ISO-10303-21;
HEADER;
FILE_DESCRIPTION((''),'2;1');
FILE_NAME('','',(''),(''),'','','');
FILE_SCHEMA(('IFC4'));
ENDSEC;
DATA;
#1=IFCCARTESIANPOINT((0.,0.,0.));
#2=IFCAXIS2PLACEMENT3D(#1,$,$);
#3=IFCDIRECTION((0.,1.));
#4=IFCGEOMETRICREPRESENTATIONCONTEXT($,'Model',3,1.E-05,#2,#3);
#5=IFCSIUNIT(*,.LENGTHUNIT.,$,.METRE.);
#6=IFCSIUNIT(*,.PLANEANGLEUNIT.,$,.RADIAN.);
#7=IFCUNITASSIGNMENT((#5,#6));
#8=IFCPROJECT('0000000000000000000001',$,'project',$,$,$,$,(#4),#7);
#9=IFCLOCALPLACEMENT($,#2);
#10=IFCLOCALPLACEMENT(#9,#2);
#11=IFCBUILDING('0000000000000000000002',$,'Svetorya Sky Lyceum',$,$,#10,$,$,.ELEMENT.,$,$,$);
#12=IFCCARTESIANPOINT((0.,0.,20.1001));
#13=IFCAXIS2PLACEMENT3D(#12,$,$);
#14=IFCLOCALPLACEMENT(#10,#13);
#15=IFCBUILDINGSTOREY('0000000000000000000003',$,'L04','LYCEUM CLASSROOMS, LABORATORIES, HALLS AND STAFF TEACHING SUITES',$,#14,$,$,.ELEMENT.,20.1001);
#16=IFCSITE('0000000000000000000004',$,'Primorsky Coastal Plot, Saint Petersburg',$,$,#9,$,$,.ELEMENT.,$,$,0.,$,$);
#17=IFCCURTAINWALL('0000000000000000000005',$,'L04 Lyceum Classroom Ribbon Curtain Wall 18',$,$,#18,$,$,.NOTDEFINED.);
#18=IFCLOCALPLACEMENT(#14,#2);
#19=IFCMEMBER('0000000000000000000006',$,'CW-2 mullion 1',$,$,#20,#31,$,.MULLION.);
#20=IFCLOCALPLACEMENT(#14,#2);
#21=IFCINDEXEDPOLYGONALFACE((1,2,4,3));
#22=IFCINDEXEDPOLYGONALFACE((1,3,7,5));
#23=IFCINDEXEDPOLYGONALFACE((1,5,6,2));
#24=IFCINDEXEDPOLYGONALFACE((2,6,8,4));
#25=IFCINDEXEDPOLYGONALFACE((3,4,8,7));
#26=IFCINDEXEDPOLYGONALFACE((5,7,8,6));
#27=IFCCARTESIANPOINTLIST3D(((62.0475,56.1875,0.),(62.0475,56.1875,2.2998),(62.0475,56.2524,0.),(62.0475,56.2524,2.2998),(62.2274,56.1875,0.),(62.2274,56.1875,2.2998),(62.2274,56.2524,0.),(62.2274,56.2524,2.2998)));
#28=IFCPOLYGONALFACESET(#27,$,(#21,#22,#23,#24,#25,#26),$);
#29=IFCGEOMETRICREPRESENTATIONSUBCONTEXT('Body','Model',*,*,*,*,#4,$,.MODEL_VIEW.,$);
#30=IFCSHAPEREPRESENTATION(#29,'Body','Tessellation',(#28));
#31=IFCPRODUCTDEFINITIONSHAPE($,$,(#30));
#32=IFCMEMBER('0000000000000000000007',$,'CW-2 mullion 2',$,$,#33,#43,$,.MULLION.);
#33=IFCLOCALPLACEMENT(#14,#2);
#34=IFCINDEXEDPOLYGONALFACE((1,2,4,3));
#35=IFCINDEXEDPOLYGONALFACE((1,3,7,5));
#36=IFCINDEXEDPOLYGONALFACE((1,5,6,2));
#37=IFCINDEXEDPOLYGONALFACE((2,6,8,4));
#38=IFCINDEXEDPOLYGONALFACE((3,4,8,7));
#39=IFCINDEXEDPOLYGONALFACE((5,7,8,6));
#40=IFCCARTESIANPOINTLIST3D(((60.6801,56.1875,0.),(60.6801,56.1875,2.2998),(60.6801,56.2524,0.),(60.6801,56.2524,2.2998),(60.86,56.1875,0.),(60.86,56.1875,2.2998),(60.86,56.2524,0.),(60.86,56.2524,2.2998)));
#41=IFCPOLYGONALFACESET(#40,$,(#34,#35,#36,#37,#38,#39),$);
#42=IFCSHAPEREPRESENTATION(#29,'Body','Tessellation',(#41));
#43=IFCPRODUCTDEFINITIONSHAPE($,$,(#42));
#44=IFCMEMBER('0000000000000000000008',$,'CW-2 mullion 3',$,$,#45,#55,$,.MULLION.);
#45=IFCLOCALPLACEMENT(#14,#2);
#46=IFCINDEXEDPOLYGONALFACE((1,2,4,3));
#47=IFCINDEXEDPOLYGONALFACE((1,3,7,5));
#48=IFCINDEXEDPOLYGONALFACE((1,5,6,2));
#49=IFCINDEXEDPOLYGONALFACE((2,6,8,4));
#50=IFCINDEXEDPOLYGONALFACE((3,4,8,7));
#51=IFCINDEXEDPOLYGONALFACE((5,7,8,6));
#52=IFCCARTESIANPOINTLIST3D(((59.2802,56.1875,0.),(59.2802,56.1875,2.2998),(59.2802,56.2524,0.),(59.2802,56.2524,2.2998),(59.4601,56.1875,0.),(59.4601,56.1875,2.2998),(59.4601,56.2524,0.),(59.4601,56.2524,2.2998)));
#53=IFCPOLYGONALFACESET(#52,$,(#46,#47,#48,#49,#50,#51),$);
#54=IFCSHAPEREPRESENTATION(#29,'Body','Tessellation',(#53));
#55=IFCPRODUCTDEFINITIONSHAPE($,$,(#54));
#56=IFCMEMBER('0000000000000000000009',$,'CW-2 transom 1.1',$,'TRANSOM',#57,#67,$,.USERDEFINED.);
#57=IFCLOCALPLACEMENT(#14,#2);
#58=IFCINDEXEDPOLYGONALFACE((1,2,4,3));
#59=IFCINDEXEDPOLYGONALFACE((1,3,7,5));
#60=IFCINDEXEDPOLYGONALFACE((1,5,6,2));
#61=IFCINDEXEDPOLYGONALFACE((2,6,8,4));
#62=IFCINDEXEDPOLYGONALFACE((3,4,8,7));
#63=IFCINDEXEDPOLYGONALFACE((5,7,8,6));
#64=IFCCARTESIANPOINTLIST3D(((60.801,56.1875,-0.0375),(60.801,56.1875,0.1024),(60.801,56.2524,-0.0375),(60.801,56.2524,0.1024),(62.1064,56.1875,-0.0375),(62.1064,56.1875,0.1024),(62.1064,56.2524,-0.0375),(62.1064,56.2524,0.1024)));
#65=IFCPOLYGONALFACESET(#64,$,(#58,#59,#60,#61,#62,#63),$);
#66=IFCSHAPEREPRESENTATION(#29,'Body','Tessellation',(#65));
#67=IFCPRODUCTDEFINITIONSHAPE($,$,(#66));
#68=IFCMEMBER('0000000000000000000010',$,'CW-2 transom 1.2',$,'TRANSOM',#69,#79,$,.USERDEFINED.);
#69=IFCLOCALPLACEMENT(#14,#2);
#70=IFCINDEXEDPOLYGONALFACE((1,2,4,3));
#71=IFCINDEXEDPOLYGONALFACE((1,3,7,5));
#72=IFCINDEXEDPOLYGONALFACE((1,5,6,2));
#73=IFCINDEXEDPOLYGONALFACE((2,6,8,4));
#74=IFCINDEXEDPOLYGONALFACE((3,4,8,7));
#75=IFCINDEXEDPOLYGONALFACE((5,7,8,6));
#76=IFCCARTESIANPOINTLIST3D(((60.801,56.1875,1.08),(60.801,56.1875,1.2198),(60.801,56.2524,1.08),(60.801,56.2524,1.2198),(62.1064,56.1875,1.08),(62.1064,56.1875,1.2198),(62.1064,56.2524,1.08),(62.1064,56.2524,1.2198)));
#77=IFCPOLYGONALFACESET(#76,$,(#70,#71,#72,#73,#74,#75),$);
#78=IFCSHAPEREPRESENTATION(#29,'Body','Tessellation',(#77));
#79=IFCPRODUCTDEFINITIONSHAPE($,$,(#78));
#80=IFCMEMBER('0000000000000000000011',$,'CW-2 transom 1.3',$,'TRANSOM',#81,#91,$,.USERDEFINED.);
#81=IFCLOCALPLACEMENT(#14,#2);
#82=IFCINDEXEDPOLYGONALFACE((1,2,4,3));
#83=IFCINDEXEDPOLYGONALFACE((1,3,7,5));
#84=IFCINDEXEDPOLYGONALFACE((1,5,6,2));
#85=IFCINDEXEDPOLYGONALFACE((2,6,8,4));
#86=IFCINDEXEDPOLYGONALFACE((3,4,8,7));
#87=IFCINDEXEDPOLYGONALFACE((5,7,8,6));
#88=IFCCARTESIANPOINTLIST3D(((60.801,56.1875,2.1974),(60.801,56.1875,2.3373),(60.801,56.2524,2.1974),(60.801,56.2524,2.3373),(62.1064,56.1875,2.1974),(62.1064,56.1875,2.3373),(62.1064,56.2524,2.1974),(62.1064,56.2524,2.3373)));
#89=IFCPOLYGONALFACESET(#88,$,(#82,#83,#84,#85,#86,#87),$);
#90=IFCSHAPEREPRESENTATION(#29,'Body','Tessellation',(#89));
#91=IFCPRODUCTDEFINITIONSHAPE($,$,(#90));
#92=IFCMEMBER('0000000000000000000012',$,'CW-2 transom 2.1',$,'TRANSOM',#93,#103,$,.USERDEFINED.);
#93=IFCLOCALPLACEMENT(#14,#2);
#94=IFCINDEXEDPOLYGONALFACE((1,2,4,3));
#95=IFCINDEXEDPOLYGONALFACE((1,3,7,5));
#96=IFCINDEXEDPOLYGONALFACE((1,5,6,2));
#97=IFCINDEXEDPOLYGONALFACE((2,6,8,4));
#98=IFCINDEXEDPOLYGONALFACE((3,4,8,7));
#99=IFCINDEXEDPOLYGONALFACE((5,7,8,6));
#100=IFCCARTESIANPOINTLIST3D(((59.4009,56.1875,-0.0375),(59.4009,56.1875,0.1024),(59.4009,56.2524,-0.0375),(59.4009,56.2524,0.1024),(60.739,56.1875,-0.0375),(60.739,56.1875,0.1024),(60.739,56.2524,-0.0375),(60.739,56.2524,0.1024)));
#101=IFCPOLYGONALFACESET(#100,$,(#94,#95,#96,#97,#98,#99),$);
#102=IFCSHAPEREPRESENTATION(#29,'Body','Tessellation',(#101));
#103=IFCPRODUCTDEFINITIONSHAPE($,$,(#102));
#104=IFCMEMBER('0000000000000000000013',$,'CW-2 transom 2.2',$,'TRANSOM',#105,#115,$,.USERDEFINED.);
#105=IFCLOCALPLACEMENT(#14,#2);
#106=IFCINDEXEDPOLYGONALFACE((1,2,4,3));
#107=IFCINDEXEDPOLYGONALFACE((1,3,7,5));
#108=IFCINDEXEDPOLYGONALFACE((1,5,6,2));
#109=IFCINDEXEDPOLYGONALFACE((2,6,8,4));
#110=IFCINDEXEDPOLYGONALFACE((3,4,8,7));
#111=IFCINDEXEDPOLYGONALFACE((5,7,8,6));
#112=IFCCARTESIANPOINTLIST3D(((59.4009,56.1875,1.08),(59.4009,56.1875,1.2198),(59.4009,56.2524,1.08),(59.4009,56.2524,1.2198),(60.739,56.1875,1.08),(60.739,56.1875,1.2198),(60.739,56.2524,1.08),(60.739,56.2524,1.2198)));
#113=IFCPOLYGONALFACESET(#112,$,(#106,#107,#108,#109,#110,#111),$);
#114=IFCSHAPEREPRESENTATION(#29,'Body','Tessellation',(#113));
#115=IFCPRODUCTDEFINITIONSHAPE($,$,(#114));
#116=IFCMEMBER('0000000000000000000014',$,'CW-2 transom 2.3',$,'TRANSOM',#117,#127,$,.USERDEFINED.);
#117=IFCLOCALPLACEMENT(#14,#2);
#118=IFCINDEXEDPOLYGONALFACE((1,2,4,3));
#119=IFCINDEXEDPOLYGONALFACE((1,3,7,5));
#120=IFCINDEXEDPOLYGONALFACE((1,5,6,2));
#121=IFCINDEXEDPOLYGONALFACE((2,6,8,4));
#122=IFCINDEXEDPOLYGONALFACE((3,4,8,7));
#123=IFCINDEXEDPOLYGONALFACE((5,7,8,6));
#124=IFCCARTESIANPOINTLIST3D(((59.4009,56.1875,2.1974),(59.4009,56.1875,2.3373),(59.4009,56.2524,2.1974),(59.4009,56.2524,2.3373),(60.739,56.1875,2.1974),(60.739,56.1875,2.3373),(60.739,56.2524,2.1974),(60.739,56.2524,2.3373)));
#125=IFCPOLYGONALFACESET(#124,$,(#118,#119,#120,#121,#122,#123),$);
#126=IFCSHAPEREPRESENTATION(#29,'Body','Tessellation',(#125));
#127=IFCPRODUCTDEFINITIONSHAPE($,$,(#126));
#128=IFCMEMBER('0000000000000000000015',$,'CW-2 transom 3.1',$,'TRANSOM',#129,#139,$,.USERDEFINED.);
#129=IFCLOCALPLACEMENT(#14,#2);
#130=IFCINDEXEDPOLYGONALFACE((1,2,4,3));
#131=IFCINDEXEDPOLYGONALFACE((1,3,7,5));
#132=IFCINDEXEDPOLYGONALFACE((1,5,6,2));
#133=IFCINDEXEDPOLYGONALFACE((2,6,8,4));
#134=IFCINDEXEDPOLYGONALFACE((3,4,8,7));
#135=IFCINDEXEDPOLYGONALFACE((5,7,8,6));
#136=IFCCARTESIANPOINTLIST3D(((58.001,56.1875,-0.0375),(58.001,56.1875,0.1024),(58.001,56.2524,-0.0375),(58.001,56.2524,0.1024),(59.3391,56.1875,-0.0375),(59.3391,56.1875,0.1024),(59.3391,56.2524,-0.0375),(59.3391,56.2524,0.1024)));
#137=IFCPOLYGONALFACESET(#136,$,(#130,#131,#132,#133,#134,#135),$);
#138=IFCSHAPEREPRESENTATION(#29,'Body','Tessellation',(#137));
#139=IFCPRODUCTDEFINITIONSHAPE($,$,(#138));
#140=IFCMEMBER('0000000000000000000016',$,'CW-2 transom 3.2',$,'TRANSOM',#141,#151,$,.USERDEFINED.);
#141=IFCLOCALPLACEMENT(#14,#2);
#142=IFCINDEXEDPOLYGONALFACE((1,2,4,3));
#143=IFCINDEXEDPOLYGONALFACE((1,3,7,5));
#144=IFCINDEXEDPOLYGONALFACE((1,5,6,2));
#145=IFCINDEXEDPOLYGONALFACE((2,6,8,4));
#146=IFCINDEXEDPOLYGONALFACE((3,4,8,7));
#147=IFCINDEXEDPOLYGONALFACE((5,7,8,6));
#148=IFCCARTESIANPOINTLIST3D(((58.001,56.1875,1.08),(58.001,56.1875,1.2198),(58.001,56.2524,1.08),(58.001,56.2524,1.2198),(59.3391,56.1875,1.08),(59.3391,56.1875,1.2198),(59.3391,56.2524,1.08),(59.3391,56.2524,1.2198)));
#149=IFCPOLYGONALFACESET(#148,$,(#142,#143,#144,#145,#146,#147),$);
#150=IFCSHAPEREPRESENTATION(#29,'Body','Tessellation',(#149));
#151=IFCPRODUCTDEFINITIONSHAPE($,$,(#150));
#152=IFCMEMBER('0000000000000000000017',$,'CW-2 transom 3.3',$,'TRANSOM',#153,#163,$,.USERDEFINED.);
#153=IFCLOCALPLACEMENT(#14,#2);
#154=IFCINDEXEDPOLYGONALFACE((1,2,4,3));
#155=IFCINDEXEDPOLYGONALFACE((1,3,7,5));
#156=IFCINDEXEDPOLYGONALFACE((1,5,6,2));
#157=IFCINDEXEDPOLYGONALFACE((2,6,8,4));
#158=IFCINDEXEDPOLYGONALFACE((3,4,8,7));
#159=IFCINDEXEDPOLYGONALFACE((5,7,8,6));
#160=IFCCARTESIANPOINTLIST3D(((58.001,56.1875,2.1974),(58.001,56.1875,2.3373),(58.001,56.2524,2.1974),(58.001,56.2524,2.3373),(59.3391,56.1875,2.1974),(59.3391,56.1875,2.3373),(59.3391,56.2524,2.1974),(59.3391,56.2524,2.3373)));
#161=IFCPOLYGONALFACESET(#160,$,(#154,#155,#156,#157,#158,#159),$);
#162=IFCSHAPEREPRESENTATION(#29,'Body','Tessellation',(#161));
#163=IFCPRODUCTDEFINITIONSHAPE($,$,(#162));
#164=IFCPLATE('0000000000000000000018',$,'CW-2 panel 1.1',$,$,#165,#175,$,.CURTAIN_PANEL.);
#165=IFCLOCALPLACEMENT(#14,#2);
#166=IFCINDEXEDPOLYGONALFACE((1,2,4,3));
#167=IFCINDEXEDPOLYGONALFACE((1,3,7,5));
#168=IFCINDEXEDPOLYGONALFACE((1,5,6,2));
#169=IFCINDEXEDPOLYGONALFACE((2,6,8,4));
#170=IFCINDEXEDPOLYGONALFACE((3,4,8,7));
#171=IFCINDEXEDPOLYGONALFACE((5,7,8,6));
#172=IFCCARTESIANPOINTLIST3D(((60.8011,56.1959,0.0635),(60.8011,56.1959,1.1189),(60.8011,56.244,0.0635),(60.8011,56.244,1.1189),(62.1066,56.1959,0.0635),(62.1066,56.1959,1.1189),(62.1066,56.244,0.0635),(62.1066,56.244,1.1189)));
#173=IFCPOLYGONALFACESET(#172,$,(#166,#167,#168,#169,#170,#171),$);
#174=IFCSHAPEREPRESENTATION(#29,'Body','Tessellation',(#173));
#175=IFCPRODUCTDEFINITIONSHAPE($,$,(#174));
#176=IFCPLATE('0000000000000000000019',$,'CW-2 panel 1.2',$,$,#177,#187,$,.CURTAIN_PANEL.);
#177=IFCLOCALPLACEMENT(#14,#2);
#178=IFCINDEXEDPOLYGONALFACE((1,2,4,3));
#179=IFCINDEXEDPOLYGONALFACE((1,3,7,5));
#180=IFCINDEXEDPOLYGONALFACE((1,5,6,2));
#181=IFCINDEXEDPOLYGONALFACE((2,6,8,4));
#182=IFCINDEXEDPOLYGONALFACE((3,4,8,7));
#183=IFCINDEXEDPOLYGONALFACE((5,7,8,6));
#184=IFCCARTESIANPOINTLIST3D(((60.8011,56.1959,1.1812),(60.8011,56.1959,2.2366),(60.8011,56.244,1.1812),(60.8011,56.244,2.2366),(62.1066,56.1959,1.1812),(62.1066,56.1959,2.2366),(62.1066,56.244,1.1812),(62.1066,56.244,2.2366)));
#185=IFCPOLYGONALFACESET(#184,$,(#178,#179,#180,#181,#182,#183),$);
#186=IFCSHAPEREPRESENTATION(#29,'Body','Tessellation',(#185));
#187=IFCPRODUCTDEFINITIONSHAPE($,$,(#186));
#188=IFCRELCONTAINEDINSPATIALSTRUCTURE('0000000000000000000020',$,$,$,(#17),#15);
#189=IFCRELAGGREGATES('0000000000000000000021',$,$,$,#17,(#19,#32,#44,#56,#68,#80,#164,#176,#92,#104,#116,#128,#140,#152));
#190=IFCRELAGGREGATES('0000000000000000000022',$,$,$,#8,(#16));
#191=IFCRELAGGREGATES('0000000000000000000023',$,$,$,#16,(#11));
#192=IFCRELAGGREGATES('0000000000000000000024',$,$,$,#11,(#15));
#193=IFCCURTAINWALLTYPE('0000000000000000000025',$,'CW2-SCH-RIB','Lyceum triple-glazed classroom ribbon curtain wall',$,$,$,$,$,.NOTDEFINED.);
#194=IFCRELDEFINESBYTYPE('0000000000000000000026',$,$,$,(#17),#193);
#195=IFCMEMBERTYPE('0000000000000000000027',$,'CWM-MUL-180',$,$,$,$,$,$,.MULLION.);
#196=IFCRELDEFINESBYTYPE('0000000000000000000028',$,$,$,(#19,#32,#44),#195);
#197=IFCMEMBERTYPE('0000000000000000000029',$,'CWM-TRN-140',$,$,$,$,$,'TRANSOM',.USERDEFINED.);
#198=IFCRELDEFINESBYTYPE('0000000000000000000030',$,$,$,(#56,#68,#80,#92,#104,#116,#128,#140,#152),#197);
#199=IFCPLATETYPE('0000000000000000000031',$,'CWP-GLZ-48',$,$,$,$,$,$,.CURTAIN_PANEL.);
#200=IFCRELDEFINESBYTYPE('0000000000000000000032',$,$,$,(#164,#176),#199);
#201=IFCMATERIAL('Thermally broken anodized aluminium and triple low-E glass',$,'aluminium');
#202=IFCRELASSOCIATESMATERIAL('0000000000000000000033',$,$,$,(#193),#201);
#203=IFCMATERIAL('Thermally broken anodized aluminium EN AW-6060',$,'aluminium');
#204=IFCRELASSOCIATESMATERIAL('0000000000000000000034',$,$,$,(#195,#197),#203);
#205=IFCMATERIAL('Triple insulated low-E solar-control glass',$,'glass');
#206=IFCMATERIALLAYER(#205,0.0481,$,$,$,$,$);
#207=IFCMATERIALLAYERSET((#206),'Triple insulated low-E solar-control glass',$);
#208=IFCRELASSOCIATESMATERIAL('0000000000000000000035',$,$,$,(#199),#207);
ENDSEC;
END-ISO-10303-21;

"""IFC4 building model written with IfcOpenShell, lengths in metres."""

from ifc_helpers import new_model, si_unit, direction, frame, origin, origin_2d, place, context, subcontext, project, spatial, rectangle, extrude, material, layer, layer_set, material_profile, profile_set, type_object, element, aggregate, save


model = new_model("IFC4")

# Units and contexts
model_context = context("Model", 3, precision=1e-05, world=origin(), true_north=direction((0.0, 1.0)))
body_context = subcontext(model_context, "Body", "Model", "MODEL_VIEW")
ifc_project = project(units=[si_unit("LENGTHUNIT", "METRE"), si_unit("PLANEANGLEUNIT", "RADIAN")], contexts=[model_context])

# Site, building, storey
site_placement = place(None, origin())
site = spatial("IfcSite", under=ifc_project, at=site_placement, Name="Primorsky Coastal Plot, Saint Petersburg", CompositionType="ELEMENT", RefElevation=0.0)
building_placement = place(site_placement, origin())
building = spatial("IfcBuilding", under=site, at=building_placement, Name="Svetorya Sky Lyceum", CompositionType="ELEMENT")
storey_placement = place(building_placement, frame((0.0, 0.0, 20.1001)))
storey = spatial("IfcBuildingStorey", under=building, at=storey_placement, Name="L04", Description="LYCEUM CLASSROOMS, LABORATORIES, HALLS AND STAFF TEACHING SUITES", CompositionType="ELEMENT", Elevation=20.1001)

# Curtain wall, members, plates
ifc_material_1 = material(Name="Thermally broken anodized aluminium and triple low-E glass", Category="aluminium")
curtain_wall_type = type_object("IfcCurtainWallType", Name="CW2-SCH-RIB", Description="Lyceum triple-glazed classroom ribbon curtain wall", PredefinedType="NOTDEFINED", material=ifc_material_1)
curtain_wall_placement = place(storey_placement, origin())
curtain_wall = element("IfcCurtainWall", 1, at=curtain_wall_placement, inside=storey, type_object=curtain_wall_type, Name="L04 Lyceum Classroom Ribbon Curtain Wall 18", PredefinedType="NOTDEFINED")
ifc_material_2 = material(Name="Thermally broken anodized aluminium EN AW-6060", Category="aluminium")
ifc_material_profile_1 = material_profile(ifc_material_2, rectangle(XDim=0.0649, YDim=0.1799, at=origin_2d()), Name="ALU MULLION 65x180")
ifc_profile_set_1 = profile_set([ifc_material_profile_1], Name="Thermally broken anodized aluminium EN AW-6060")
member_type_1 = type_object("IfcMemberType", Name="CWM-MUL-180", PredefinedType="MULLION", material=ifc_profile_set_1)
member_1_placement = place(storey_placement, frame((62.1375, 56.22, 0.0), z_axis=(0.0, 0.0, 1.0), x_axis=(0.0, -1.0, 0.0)))
member_1 = element("IfcMember", 2, at=member_1_placement, type_object=member_type_1, Name="CW-2 mullion 1", PredefinedType="MULLION", context=body_context, shape_type="SweptSolid", body=[
    extrude(rectangle(XDim=0.0649, YDim=0.1799, at=origin_2d()), origin(), (0.0, 0.0, 1.0), 2.2998),
])
member_2_placement = place(storey_placement, frame((60.77, 56.22, 0.0), z_axis=(0.0, 0.0, 1.0), x_axis=(0.0, -1.0, 0.0)))
member_2 = element("IfcMember", 3, at=member_2_placement, type_object=member_type_1, Name="CW-2 mullion 2", PredefinedType="MULLION", context=body_context, shape_type="SweptSolid", body=[
    extrude(rectangle(XDim=0.0649, YDim=0.1799, at=origin_2d()), origin(), (0.0, 0.0, 1.0), 2.2998),
])
member_3_placement = place(storey_placement, frame((59.3701, 56.22, 0.0), z_axis=(0.0, 0.0, 1.0), x_axis=(0.0, -1.0, 0.0)))
member_3 = element("IfcMember", 4, at=member_3_placement, type_object=member_type_1, Name="CW-2 mullion 3", PredefinedType="MULLION", context=body_context, shape_type="SweptSolid", body=[
    extrude(rectangle(XDim=0.0649, YDim=0.1799, at=origin_2d()), origin(), (0.0, 0.0, 1.0), 2.2998),
])
ifc_material_profile_2 = material_profile(ifc_material_2, rectangle(XDim=0.0649, YDim=0.1399, at=origin_2d()), Name="ALU TRANSOM 65x140")
ifc_profile_set_2 = profile_set([ifc_material_profile_2], Name="Thermally broken anodized aluminium EN AW-6060")
member_type_2 = type_object("IfcMemberType", Name="CWM-TRN-140", ElementType="TRANSOM", PredefinedType="USERDEFINED", material=ifc_profile_set_2)
member_4_placement = place(storey_placement, frame((62.1064, 56.22, 0.0325), z_axis=(-1.0, 0.0, 0.0), x_axis=(0.0, -1.0, 0.0)))
member_4 = element("IfcMember", 5, at=member_4_placement, type_object=member_type_2, Name="CW-2 transom 1.1", ObjectType="TRANSOM", PredefinedType="USERDEFINED", context=body_context, shape_type="SweptSolid", body=[
    extrude(rectangle(XDim=0.0649, YDim=0.1399, at=origin_2d()), origin(), (0.0, 0.0, 1.0), 1.3054),
])
member_5_placement = place(storey_placement, frame((62.1064, 56.22, 1.1499), z_axis=(-1.0, 0.0, 0.0), x_axis=(0.0, -1.0, 0.0)))
member_5 = element("IfcMember", 6, at=member_5_placement, type_object=member_type_2, Name="CW-2 transom 1.2", ObjectType="TRANSOM", PredefinedType="USERDEFINED", context=body_context, shape_type="SweptSolid", body=[
    extrude(rectangle(XDim=0.0649, YDim=0.1399, at=origin_2d()), origin(), (0.0, 0.0, 1.0), 1.3054),
])
member_6_placement = place(storey_placement, frame((62.1064, 56.22, 2.2673), z_axis=(-1.0, 0.0, 0.0), x_axis=(0.0, -1.0, 0.0)))
member_6 = element("IfcMember", 7, at=member_6_placement, type_object=member_type_2, Name="CW-2 transom 1.3", ObjectType="TRANSOM", PredefinedType="USERDEFINED", context=body_context, shape_type="SweptSolid", body=[
    extrude(rectangle(XDim=0.0649, YDim=0.1399, at=origin_2d()), origin(), (0.0, 0.0, 1.0), 1.3054),
])
member_7_placement = place(storey_placement, frame((60.739, 56.22, 0.0325), z_axis=(-1.0, 0.0, 0.0), x_axis=(0.0, -1.0, 0.0)))
member_7 = element("IfcMember", 8, at=member_7_placement, type_object=member_type_2, Name="CW-2 transom 2.1", ObjectType="TRANSOM", PredefinedType="USERDEFINED", context=body_context, shape_type="SweptSolid", body=[
    extrude(rectangle(XDim=0.0649, YDim=0.1399, at=origin_2d()), origin(), (0.0, 0.0, 1.0), 1.3381),
])
member_8_placement = place(storey_placement, frame((60.739, 56.22, 1.1499), z_axis=(-1.0, 0.0, 0.0), x_axis=(0.0, -1.0, 0.0)))
member_8 = element("IfcMember", 9, at=member_8_placement, type_object=member_type_2, Name="CW-2 transom 2.2", ObjectType="TRANSOM", PredefinedType="USERDEFINED", context=body_context, shape_type="SweptSolid", body=[
    extrude(rectangle(XDim=0.0649, YDim=0.1399, at=origin_2d()), origin(), (0.0, 0.0, 1.0), 1.3381),
])
member_9_placement = place(storey_placement, frame((60.739, 56.22, 2.2673), z_axis=(-1.0, 0.0, 0.0), x_axis=(0.0, -1.0, 0.0)))
member_9 = element("IfcMember", 10, at=member_9_placement, type_object=member_type_2, Name="CW-2 transom 2.3", ObjectType="TRANSOM", PredefinedType="USERDEFINED", context=body_context, shape_type="SweptSolid", body=[
    extrude(rectangle(XDim=0.0649, YDim=0.1399, at=origin_2d()), origin(), (0.0, 0.0, 1.0), 1.3381),
])
member_10_placement = place(storey_placement, frame((59.3391, 56.22, 0.0325), z_axis=(-1.0, 0.0, 0.0), x_axis=(0.0, -1.0, 0.0)))
member_10 = element("IfcMember", 11, at=member_10_placement, type_object=member_type_2, Name="CW-2 transom 3.1", ObjectType="TRANSOM", PredefinedType="USERDEFINED", context=body_context, shape_type="SweptSolid", body=[
    extrude(rectangle(XDim=0.0649, YDim=0.1399, at=origin_2d()), origin(), (0.0, 0.0, 1.0), 1.3381),
])
member_11_placement = place(storey_placement, frame((59.3391, 56.22, 1.1499), z_axis=(-1.0, 0.0, 0.0), x_axis=(0.0, -1.0, 0.0)))
member_11 = element("IfcMember", 12, at=member_11_placement, type_object=member_type_2, Name="CW-2 transom 3.2", ObjectType="TRANSOM", PredefinedType="USERDEFINED", context=body_context, shape_type="SweptSolid", body=[
    extrude(rectangle(XDim=0.0649, YDim=0.1399, at=origin_2d()), origin(), (0.0, 0.0, 1.0), 1.3381),
])
member_12_placement = place(storey_placement, frame((59.3391, 56.22, 2.2673), z_axis=(-1.0, 0.0, 0.0), x_axis=(0.0, -1.0, 0.0)))
member_12 = element("IfcMember", 13, at=member_12_placement, type_object=member_type_2, Name="CW-2 transom 3.3", ObjectType="TRANSOM", PredefinedType="USERDEFINED", context=body_context, shape_type="SweptSolid", body=[
    extrude(rectangle(XDim=0.0649, YDim=0.1399, at=origin_2d()), origin(), (0.0, 0.0, 1.0), 1.3381),
])
ifc_material_3 = material(Name="Triple insulated low-E solar-control glass", Category="glass")
ifc_layer_1 = layer(ifc_material_3, 0.0481)
ifc_layer_set_1 = layer_set([ifc_layer_1], Name="Triple insulated low-E solar-control glass")
plate_type = type_object("IfcPlateType", Name="CWP-GLZ-48", PredefinedType="CURTAIN_PANEL", material=ifc_layer_set_1)
plate_1_placement = place(storey_placement, frame((61.4539, 56.22, 0.0635), z_axis=(0.0, 0.0, 1.0), x_axis=(-1.0, 0.0, 0.0)))
plate_1 = element("IfcPlate", 14, at=plate_1_placement, type_object=plate_type, Name="CW-2 panel 1.1", PredefinedType="CURTAIN_PANEL", context=body_context, shape_type="SweptSolid", body=[
    extrude(rectangle(XDim=1.3054, YDim=0.0481, at=origin_2d()), origin(), (0.0, 0.0, 1.0), 1.0554),
])
plate_2_placement = place(storey_placement, frame((61.4539, 56.22, 1.1812), z_axis=(0.0, 0.0, 1.0), x_axis=(-1.0, 0.0, 0.0)))
plate_2 = element("IfcPlate", 15, at=plate_2_placement, type_object=plate_type, Name="CW-2 panel 1.2", PredefinedType="CURTAIN_PANEL", context=body_context, shape_type="SweptSolid", body=[
    extrude(rectangle(XDim=1.3054, YDim=0.0481, at=origin_2d()), origin(), (0.0, 0.0, 1.0), 1.0554),
])
aggregate(curtain_wall, [member_1, member_2, member_3, member_4, member_5, member_6, plate_1, plate_2, member_7, member_8, member_9, member_10, member_11, member_12])

save(model, "model.ifc")
